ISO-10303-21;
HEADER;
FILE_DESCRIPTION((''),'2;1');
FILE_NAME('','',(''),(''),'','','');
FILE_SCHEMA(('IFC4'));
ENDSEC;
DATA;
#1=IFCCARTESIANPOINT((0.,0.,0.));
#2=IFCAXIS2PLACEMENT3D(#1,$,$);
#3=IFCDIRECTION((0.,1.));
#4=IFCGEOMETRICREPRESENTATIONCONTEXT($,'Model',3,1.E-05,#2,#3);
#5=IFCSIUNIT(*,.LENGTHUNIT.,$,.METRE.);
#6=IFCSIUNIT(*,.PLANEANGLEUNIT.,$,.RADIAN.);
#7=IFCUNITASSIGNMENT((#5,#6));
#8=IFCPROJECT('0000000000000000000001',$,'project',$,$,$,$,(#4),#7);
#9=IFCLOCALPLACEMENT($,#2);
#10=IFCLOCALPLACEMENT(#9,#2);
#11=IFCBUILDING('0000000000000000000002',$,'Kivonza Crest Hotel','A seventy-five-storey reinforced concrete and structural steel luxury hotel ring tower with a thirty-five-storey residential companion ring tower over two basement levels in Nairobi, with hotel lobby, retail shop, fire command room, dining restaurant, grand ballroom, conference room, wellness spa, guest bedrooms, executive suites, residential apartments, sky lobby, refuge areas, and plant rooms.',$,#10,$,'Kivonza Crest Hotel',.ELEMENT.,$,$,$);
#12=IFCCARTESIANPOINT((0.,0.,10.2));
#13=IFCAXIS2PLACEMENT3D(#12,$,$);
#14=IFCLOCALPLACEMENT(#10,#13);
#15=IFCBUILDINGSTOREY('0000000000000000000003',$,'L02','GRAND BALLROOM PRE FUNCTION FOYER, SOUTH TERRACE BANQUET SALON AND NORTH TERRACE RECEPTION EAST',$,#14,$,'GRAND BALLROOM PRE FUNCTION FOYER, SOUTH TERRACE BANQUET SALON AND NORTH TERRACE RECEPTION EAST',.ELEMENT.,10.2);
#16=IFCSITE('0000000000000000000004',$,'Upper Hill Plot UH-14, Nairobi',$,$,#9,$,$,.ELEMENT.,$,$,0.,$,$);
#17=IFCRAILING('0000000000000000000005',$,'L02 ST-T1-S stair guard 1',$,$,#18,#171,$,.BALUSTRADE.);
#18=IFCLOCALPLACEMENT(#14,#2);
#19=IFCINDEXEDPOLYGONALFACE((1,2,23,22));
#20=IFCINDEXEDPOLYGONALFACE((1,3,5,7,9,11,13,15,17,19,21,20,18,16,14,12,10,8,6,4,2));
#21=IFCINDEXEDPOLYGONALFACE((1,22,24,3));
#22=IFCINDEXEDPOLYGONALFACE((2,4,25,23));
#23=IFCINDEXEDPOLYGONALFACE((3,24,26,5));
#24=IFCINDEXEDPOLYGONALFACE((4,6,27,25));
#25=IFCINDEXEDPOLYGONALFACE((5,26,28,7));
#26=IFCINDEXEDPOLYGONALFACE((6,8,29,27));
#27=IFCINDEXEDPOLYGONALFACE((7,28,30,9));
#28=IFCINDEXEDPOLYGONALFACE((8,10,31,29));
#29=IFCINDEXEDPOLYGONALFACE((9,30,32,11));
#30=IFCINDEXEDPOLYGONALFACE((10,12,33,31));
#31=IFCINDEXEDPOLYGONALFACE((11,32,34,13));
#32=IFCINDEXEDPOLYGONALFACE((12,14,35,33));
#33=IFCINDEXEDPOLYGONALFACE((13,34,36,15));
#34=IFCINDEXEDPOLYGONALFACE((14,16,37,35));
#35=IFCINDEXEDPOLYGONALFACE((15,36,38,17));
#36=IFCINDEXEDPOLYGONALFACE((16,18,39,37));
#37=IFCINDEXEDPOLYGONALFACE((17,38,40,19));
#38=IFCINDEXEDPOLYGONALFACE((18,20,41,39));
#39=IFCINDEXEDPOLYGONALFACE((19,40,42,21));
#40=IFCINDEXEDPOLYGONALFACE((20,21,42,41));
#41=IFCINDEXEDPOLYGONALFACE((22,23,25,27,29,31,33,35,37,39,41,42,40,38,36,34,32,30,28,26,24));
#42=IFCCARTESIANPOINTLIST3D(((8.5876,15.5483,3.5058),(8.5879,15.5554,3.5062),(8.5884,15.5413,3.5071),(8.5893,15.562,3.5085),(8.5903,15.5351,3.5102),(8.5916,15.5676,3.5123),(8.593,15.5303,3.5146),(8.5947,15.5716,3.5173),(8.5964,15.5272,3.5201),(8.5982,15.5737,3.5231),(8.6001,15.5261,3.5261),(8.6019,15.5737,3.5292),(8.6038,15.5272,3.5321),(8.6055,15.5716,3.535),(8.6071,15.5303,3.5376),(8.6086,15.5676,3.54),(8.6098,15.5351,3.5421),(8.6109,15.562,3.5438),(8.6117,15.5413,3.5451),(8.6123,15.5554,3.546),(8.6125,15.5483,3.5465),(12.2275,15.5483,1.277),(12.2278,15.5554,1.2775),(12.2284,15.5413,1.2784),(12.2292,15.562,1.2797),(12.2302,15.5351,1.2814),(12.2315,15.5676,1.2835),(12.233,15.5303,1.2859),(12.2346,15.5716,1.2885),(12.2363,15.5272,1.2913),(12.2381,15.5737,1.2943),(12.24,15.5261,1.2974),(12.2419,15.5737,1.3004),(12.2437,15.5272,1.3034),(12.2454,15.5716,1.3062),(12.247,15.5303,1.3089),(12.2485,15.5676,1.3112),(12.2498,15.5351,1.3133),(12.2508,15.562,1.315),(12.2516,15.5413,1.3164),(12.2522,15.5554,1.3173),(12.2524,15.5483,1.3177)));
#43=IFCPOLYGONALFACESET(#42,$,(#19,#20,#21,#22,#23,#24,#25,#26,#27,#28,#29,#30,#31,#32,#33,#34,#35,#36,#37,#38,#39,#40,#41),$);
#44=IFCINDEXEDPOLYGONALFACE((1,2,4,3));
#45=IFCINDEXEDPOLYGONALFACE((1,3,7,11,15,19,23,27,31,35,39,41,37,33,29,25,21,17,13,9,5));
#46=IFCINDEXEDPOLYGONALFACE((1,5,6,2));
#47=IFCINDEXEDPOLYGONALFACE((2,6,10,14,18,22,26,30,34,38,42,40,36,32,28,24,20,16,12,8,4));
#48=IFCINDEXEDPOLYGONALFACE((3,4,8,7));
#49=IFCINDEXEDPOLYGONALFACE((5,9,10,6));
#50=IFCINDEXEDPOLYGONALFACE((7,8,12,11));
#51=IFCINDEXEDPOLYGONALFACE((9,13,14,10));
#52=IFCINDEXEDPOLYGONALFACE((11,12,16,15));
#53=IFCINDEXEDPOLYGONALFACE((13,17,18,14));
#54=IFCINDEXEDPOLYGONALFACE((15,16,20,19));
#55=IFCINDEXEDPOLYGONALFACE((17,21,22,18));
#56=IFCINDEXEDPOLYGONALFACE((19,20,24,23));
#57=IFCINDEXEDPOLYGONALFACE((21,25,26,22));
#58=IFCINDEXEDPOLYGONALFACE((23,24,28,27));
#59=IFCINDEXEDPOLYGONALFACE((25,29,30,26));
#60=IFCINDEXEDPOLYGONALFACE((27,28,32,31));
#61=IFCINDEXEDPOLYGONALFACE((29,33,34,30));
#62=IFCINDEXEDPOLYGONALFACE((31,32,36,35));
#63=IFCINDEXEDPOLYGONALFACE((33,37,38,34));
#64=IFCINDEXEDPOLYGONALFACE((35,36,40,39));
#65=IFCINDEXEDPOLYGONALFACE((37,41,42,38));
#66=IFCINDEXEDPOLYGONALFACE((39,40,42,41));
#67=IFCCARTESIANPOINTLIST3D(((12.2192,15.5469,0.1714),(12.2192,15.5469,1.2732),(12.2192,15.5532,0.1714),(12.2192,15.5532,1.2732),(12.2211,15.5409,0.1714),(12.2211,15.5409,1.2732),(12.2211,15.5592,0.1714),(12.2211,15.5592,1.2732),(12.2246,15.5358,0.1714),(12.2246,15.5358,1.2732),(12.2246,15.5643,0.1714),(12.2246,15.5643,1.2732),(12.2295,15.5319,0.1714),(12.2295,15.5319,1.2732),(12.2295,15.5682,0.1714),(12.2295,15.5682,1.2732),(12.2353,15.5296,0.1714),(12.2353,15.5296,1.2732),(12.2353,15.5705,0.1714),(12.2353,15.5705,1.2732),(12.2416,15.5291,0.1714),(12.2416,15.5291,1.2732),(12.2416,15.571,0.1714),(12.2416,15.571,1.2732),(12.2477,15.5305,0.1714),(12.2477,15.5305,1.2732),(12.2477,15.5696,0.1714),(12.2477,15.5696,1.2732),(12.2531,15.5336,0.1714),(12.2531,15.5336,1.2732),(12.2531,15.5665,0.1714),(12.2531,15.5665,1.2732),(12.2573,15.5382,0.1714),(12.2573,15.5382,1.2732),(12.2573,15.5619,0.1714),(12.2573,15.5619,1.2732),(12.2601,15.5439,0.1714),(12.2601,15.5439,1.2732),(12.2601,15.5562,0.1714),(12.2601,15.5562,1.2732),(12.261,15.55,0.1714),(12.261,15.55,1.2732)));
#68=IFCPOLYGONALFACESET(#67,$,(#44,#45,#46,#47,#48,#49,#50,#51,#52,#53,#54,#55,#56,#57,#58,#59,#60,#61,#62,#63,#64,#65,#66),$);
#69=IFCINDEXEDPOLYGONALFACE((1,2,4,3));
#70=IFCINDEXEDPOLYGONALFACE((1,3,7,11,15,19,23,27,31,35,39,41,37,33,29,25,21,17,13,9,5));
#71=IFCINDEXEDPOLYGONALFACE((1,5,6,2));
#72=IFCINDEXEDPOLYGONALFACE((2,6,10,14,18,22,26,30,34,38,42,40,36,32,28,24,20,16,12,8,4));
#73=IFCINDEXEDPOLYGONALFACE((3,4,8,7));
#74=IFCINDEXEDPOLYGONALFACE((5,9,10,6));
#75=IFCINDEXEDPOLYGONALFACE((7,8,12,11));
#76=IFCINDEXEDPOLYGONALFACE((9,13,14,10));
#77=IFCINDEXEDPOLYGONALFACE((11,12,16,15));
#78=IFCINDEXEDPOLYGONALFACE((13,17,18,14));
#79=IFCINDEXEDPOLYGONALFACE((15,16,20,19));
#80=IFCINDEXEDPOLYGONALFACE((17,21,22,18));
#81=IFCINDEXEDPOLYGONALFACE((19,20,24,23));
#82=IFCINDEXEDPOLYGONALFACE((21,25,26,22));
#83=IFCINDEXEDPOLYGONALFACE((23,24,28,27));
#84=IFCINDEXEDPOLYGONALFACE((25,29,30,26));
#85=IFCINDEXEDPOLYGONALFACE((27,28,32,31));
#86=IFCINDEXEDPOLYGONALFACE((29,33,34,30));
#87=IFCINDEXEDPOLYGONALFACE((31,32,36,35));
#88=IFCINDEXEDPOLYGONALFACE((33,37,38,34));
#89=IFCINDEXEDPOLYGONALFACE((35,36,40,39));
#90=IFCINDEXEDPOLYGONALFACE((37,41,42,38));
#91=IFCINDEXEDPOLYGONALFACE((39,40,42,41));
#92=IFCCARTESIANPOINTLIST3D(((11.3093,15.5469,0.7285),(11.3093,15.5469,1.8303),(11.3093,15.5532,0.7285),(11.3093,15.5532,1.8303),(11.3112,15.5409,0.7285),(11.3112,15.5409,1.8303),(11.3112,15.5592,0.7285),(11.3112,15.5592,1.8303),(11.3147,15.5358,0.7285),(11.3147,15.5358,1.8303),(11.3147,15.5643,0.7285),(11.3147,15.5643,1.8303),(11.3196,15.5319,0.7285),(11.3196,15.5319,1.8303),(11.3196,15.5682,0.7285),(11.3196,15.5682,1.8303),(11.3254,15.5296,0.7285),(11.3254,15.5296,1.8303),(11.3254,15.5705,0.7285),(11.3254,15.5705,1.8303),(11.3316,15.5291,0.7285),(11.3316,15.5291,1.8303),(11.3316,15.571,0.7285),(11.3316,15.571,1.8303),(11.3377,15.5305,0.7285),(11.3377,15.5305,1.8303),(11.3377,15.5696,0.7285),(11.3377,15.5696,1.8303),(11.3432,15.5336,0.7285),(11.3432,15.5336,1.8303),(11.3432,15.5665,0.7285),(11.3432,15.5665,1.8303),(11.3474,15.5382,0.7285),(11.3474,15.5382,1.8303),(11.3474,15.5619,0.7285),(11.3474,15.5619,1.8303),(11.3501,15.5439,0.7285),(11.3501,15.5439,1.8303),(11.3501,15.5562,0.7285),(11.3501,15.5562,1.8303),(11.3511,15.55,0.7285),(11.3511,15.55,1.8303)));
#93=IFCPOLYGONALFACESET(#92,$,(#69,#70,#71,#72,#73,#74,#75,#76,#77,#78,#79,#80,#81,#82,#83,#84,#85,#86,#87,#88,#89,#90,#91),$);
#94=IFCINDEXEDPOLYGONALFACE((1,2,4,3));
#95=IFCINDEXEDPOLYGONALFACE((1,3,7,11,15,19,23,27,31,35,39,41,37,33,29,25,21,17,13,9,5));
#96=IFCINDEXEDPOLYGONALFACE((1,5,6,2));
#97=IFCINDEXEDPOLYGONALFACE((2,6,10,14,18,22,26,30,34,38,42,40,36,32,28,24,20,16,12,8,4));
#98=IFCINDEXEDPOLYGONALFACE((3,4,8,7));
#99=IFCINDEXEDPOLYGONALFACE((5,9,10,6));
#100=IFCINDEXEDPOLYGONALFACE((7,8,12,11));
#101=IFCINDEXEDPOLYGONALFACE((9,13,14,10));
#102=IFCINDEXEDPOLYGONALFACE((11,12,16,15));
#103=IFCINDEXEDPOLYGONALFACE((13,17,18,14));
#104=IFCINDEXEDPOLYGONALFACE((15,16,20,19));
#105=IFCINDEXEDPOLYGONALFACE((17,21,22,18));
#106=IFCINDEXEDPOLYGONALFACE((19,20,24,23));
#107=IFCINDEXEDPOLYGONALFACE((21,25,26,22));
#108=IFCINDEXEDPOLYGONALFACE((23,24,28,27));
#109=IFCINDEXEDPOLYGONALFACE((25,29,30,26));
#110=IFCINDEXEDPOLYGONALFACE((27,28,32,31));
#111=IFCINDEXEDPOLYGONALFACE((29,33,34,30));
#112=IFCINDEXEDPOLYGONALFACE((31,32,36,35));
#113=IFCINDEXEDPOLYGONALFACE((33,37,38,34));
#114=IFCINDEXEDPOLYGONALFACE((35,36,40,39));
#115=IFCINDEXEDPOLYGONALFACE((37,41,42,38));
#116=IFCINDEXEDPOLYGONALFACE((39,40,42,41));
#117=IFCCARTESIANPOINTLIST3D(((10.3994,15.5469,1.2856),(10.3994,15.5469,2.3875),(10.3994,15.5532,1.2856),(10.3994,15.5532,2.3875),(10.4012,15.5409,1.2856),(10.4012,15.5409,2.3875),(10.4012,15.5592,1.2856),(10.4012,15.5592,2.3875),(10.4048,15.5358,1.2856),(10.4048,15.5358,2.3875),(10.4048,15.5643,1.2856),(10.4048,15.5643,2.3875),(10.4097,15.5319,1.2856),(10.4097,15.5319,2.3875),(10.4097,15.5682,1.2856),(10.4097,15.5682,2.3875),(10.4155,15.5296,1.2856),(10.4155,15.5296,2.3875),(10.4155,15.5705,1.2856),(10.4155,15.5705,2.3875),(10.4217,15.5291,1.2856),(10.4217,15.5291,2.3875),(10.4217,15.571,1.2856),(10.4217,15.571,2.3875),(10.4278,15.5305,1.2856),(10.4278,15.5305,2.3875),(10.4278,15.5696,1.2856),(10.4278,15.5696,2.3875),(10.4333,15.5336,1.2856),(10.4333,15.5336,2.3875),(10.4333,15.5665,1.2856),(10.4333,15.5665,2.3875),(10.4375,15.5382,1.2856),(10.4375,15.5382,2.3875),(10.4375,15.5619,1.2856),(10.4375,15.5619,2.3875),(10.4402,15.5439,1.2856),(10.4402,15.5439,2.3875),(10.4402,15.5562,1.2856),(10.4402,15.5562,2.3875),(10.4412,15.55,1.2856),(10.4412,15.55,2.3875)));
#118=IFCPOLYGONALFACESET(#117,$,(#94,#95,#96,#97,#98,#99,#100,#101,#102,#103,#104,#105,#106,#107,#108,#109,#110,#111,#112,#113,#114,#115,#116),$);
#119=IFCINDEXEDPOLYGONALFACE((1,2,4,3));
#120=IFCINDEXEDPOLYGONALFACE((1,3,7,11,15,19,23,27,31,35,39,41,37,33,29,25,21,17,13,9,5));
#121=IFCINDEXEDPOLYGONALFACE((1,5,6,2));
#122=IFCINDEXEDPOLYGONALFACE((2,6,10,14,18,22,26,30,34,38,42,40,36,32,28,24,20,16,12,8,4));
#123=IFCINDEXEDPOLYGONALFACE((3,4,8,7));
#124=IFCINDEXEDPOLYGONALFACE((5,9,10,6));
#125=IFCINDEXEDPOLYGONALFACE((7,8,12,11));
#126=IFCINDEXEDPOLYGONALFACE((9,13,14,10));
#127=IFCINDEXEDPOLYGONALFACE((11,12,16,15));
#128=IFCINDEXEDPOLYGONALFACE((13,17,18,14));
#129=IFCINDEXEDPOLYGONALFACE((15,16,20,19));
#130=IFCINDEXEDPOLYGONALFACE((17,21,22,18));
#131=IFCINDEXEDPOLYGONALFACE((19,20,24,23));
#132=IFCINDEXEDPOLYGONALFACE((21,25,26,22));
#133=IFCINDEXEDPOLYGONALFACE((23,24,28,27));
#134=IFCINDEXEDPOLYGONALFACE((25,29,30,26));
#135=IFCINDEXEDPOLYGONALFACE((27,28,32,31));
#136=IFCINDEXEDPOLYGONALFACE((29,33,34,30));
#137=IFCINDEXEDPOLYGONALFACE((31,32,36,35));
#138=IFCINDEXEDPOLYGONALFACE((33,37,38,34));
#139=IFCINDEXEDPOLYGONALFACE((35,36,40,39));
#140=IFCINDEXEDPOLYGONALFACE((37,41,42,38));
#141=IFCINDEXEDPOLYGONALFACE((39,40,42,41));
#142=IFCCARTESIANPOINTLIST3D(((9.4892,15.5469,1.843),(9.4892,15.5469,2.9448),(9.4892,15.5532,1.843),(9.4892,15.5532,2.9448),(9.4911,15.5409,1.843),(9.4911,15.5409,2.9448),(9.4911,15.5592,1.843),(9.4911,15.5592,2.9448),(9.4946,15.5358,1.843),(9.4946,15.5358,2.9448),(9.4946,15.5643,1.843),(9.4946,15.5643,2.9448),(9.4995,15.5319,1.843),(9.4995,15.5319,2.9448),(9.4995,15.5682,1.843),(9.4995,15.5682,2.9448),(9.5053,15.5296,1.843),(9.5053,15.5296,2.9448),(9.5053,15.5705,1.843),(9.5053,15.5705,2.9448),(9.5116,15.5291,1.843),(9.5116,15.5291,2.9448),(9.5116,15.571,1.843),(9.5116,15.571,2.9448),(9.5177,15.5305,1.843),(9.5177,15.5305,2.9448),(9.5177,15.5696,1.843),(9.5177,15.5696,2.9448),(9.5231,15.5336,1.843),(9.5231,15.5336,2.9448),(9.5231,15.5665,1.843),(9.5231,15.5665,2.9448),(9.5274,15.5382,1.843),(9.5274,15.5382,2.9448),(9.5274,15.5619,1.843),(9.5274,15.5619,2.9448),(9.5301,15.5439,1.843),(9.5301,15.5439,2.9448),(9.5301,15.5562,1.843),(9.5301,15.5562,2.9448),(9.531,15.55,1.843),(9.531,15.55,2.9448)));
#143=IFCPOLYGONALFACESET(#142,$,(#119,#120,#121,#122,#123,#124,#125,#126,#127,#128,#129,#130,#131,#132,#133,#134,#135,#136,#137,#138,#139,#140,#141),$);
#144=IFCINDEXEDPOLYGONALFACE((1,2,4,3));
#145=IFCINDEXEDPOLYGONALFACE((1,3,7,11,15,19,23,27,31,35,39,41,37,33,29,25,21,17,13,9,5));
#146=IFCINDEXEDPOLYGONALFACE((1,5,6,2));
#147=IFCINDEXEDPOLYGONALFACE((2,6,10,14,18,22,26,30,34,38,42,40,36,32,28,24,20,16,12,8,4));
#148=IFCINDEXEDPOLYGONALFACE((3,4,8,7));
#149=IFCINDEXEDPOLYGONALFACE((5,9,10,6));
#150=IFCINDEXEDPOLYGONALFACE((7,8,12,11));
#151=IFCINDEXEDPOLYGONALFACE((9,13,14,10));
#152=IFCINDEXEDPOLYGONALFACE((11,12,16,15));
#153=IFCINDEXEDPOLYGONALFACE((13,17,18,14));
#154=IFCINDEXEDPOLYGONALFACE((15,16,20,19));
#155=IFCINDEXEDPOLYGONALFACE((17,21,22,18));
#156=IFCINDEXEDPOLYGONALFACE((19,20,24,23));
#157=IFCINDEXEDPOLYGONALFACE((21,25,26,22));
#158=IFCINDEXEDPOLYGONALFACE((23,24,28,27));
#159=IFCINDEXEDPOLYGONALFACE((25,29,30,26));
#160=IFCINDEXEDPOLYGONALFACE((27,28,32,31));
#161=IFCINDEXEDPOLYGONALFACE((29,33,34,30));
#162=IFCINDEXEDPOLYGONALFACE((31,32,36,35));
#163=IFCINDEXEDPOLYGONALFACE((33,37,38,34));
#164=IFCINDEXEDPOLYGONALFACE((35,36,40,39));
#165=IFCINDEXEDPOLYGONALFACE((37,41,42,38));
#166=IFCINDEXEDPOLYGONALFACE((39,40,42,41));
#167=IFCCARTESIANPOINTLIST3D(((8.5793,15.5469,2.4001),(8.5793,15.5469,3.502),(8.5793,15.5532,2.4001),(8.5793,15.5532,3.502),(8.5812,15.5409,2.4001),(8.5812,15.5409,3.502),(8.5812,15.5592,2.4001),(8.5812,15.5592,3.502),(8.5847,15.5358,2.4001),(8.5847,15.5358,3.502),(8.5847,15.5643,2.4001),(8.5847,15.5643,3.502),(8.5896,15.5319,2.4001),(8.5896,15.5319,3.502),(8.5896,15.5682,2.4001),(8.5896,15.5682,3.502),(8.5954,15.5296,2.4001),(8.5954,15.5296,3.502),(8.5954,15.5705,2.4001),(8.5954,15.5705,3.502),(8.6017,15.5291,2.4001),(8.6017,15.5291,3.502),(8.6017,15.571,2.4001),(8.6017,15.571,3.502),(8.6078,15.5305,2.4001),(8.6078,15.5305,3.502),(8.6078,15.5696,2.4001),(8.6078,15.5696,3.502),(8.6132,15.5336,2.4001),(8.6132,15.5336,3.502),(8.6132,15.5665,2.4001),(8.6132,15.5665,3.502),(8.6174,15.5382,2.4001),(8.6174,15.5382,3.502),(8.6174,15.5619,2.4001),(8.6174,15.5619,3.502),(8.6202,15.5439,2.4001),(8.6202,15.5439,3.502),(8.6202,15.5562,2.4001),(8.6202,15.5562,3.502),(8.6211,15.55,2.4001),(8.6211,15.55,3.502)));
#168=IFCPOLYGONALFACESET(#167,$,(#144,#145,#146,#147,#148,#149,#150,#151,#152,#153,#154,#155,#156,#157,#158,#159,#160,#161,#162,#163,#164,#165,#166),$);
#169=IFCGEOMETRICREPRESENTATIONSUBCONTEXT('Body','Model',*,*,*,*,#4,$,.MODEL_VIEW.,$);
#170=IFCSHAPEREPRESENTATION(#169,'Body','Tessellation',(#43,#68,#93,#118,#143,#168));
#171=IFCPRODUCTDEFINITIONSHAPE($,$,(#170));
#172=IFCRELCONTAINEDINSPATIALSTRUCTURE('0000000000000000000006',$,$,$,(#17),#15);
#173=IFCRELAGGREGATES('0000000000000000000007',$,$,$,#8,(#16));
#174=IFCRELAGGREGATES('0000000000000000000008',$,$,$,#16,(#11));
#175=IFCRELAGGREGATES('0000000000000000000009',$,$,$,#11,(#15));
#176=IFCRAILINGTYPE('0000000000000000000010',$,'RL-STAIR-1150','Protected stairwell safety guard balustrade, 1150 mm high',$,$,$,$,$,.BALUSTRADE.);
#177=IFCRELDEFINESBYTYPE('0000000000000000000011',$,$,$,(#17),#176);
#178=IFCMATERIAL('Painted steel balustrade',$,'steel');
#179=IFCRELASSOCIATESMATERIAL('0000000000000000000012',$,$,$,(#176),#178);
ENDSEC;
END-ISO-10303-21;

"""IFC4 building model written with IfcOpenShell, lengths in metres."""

from ifc_helpers import new_model, si_unit, direction, frame, origin, origin_2d, place, context, subcontext, project, spatial, circle, extrude, material, type_object, element, save


model = new_model("IFC4")

# Units and contexts
model_context = context("Model", 3, precision=1e-05, world=origin(), true_north=direction((0.0, 1.0)))
body_context = subcontext(model_context, "Body", "Model", "MODEL_VIEW")
ifc_project = project(units=[si_unit("LENGTHUNIT", "METRE"), si_unit("PLANEANGLEUNIT", "RADIAN")], contexts=[model_context])

# Site, building, storey
site_placement = place(None, origin())
site = spatial("IfcSite", under=ifc_project, at=site_placement, Name="Upper Hill Plot UH-14, Nairobi", CompositionType="ELEMENT", RefElevation=0.0)
building_placement = place(site_placement, origin())
building = spatial("IfcBuilding", under=site, at=building_placement, Name="Kivonza Crest Hotel", Description="A seventy-five-storey reinforced concrete and structural steel luxury hotel ring tower with a thirty-five-storey residential companion ring tower over two basement levels in Nairobi, with hotel lobby, retail shop, fire command room, dining restaurant, grand ballroom, conference room, wellness spa, guest bedrooms, executive suites, residential apartments, sky lobby, refuge areas, and plant rooms.", LongName="Kivonza Crest Hotel", CompositionType="ELEMENT")
storey_placement = place(building_placement, frame((0.0, 0.0, 10.2)))
storey = spatial("IfcBuildingStorey", under=building, at=storey_placement, Name="L02", Description="GRAND BALLROOM PRE FUNCTION FOYER, SOUTH TERRACE BANQUET SALON AND NORTH TERRACE RECEPTION EAST", LongName="GRAND BALLROOM PRE FUNCTION FOYER, SOUTH TERRACE BANQUET SALON AND NORTH TERRACE RECEPTION EAST", CompositionType="ELEMENT", Elevation=10.2)

# Railing
ifc_material_1 = material(Name="Painted steel balustrade", Category="steel")
railing_type_1 = type_object("IfcRailingType", Name="RL-STAIR-1150", Description="Protected stairwell safety guard balustrade, 1150 mm high", PredefinedType="BALUSTRADE", material=ifc_material_1)
railing_1_placement = place(storey_placement, frame((12.24, 15.55, 0.1714)))
element("IfcRailing", 1, at=railing_1_placement, inside=storey, type_object=railing_type_1, Name="L02 ST-T1-S stair guard 1", PredefinedType="BALUSTRADE", context=body_context, shape_type="SweptSolid", body=[
    extrude(circle(Radius=0.0239, at=origin_2d()), frame((0.0, 0.0, 1.126), z_axis=(-0.852825, 0.0, 0.522197), x_axis=(0.0, -1.0, 0.0)), (0.0, 0.0, 1.0), 4.2681),
    extrude(circle(Radius=0.021, at=origin_2d()), origin(), (0.0, 0.0, 1.0), 1.1018),
    extrude(circle(Radius=0.021, at=origin_2d()), frame((-0.9099, 0.0, 0.5571)), (0.0, 0.0, 1.0), 1.1018),
    extrude(circle(Radius=0.021, at=origin_2d()), frame((-1.8198, 0.0, 1.1143)), (0.0, 0.0, 1.0), 1.1018),
    extrude(circle(Radius=0.021, at=origin_2d()), frame((-2.73, 0.0, 1.6716)), (0.0, 0.0, 1.0), 1.1018),
    extrude(circle(Radius=0.021, at=origin_2d()), frame((-3.6399, 0.0, 2.2288)), (0.0, 0.0, 1.0), 1.1018),
])

save(model, "model.ifc")
